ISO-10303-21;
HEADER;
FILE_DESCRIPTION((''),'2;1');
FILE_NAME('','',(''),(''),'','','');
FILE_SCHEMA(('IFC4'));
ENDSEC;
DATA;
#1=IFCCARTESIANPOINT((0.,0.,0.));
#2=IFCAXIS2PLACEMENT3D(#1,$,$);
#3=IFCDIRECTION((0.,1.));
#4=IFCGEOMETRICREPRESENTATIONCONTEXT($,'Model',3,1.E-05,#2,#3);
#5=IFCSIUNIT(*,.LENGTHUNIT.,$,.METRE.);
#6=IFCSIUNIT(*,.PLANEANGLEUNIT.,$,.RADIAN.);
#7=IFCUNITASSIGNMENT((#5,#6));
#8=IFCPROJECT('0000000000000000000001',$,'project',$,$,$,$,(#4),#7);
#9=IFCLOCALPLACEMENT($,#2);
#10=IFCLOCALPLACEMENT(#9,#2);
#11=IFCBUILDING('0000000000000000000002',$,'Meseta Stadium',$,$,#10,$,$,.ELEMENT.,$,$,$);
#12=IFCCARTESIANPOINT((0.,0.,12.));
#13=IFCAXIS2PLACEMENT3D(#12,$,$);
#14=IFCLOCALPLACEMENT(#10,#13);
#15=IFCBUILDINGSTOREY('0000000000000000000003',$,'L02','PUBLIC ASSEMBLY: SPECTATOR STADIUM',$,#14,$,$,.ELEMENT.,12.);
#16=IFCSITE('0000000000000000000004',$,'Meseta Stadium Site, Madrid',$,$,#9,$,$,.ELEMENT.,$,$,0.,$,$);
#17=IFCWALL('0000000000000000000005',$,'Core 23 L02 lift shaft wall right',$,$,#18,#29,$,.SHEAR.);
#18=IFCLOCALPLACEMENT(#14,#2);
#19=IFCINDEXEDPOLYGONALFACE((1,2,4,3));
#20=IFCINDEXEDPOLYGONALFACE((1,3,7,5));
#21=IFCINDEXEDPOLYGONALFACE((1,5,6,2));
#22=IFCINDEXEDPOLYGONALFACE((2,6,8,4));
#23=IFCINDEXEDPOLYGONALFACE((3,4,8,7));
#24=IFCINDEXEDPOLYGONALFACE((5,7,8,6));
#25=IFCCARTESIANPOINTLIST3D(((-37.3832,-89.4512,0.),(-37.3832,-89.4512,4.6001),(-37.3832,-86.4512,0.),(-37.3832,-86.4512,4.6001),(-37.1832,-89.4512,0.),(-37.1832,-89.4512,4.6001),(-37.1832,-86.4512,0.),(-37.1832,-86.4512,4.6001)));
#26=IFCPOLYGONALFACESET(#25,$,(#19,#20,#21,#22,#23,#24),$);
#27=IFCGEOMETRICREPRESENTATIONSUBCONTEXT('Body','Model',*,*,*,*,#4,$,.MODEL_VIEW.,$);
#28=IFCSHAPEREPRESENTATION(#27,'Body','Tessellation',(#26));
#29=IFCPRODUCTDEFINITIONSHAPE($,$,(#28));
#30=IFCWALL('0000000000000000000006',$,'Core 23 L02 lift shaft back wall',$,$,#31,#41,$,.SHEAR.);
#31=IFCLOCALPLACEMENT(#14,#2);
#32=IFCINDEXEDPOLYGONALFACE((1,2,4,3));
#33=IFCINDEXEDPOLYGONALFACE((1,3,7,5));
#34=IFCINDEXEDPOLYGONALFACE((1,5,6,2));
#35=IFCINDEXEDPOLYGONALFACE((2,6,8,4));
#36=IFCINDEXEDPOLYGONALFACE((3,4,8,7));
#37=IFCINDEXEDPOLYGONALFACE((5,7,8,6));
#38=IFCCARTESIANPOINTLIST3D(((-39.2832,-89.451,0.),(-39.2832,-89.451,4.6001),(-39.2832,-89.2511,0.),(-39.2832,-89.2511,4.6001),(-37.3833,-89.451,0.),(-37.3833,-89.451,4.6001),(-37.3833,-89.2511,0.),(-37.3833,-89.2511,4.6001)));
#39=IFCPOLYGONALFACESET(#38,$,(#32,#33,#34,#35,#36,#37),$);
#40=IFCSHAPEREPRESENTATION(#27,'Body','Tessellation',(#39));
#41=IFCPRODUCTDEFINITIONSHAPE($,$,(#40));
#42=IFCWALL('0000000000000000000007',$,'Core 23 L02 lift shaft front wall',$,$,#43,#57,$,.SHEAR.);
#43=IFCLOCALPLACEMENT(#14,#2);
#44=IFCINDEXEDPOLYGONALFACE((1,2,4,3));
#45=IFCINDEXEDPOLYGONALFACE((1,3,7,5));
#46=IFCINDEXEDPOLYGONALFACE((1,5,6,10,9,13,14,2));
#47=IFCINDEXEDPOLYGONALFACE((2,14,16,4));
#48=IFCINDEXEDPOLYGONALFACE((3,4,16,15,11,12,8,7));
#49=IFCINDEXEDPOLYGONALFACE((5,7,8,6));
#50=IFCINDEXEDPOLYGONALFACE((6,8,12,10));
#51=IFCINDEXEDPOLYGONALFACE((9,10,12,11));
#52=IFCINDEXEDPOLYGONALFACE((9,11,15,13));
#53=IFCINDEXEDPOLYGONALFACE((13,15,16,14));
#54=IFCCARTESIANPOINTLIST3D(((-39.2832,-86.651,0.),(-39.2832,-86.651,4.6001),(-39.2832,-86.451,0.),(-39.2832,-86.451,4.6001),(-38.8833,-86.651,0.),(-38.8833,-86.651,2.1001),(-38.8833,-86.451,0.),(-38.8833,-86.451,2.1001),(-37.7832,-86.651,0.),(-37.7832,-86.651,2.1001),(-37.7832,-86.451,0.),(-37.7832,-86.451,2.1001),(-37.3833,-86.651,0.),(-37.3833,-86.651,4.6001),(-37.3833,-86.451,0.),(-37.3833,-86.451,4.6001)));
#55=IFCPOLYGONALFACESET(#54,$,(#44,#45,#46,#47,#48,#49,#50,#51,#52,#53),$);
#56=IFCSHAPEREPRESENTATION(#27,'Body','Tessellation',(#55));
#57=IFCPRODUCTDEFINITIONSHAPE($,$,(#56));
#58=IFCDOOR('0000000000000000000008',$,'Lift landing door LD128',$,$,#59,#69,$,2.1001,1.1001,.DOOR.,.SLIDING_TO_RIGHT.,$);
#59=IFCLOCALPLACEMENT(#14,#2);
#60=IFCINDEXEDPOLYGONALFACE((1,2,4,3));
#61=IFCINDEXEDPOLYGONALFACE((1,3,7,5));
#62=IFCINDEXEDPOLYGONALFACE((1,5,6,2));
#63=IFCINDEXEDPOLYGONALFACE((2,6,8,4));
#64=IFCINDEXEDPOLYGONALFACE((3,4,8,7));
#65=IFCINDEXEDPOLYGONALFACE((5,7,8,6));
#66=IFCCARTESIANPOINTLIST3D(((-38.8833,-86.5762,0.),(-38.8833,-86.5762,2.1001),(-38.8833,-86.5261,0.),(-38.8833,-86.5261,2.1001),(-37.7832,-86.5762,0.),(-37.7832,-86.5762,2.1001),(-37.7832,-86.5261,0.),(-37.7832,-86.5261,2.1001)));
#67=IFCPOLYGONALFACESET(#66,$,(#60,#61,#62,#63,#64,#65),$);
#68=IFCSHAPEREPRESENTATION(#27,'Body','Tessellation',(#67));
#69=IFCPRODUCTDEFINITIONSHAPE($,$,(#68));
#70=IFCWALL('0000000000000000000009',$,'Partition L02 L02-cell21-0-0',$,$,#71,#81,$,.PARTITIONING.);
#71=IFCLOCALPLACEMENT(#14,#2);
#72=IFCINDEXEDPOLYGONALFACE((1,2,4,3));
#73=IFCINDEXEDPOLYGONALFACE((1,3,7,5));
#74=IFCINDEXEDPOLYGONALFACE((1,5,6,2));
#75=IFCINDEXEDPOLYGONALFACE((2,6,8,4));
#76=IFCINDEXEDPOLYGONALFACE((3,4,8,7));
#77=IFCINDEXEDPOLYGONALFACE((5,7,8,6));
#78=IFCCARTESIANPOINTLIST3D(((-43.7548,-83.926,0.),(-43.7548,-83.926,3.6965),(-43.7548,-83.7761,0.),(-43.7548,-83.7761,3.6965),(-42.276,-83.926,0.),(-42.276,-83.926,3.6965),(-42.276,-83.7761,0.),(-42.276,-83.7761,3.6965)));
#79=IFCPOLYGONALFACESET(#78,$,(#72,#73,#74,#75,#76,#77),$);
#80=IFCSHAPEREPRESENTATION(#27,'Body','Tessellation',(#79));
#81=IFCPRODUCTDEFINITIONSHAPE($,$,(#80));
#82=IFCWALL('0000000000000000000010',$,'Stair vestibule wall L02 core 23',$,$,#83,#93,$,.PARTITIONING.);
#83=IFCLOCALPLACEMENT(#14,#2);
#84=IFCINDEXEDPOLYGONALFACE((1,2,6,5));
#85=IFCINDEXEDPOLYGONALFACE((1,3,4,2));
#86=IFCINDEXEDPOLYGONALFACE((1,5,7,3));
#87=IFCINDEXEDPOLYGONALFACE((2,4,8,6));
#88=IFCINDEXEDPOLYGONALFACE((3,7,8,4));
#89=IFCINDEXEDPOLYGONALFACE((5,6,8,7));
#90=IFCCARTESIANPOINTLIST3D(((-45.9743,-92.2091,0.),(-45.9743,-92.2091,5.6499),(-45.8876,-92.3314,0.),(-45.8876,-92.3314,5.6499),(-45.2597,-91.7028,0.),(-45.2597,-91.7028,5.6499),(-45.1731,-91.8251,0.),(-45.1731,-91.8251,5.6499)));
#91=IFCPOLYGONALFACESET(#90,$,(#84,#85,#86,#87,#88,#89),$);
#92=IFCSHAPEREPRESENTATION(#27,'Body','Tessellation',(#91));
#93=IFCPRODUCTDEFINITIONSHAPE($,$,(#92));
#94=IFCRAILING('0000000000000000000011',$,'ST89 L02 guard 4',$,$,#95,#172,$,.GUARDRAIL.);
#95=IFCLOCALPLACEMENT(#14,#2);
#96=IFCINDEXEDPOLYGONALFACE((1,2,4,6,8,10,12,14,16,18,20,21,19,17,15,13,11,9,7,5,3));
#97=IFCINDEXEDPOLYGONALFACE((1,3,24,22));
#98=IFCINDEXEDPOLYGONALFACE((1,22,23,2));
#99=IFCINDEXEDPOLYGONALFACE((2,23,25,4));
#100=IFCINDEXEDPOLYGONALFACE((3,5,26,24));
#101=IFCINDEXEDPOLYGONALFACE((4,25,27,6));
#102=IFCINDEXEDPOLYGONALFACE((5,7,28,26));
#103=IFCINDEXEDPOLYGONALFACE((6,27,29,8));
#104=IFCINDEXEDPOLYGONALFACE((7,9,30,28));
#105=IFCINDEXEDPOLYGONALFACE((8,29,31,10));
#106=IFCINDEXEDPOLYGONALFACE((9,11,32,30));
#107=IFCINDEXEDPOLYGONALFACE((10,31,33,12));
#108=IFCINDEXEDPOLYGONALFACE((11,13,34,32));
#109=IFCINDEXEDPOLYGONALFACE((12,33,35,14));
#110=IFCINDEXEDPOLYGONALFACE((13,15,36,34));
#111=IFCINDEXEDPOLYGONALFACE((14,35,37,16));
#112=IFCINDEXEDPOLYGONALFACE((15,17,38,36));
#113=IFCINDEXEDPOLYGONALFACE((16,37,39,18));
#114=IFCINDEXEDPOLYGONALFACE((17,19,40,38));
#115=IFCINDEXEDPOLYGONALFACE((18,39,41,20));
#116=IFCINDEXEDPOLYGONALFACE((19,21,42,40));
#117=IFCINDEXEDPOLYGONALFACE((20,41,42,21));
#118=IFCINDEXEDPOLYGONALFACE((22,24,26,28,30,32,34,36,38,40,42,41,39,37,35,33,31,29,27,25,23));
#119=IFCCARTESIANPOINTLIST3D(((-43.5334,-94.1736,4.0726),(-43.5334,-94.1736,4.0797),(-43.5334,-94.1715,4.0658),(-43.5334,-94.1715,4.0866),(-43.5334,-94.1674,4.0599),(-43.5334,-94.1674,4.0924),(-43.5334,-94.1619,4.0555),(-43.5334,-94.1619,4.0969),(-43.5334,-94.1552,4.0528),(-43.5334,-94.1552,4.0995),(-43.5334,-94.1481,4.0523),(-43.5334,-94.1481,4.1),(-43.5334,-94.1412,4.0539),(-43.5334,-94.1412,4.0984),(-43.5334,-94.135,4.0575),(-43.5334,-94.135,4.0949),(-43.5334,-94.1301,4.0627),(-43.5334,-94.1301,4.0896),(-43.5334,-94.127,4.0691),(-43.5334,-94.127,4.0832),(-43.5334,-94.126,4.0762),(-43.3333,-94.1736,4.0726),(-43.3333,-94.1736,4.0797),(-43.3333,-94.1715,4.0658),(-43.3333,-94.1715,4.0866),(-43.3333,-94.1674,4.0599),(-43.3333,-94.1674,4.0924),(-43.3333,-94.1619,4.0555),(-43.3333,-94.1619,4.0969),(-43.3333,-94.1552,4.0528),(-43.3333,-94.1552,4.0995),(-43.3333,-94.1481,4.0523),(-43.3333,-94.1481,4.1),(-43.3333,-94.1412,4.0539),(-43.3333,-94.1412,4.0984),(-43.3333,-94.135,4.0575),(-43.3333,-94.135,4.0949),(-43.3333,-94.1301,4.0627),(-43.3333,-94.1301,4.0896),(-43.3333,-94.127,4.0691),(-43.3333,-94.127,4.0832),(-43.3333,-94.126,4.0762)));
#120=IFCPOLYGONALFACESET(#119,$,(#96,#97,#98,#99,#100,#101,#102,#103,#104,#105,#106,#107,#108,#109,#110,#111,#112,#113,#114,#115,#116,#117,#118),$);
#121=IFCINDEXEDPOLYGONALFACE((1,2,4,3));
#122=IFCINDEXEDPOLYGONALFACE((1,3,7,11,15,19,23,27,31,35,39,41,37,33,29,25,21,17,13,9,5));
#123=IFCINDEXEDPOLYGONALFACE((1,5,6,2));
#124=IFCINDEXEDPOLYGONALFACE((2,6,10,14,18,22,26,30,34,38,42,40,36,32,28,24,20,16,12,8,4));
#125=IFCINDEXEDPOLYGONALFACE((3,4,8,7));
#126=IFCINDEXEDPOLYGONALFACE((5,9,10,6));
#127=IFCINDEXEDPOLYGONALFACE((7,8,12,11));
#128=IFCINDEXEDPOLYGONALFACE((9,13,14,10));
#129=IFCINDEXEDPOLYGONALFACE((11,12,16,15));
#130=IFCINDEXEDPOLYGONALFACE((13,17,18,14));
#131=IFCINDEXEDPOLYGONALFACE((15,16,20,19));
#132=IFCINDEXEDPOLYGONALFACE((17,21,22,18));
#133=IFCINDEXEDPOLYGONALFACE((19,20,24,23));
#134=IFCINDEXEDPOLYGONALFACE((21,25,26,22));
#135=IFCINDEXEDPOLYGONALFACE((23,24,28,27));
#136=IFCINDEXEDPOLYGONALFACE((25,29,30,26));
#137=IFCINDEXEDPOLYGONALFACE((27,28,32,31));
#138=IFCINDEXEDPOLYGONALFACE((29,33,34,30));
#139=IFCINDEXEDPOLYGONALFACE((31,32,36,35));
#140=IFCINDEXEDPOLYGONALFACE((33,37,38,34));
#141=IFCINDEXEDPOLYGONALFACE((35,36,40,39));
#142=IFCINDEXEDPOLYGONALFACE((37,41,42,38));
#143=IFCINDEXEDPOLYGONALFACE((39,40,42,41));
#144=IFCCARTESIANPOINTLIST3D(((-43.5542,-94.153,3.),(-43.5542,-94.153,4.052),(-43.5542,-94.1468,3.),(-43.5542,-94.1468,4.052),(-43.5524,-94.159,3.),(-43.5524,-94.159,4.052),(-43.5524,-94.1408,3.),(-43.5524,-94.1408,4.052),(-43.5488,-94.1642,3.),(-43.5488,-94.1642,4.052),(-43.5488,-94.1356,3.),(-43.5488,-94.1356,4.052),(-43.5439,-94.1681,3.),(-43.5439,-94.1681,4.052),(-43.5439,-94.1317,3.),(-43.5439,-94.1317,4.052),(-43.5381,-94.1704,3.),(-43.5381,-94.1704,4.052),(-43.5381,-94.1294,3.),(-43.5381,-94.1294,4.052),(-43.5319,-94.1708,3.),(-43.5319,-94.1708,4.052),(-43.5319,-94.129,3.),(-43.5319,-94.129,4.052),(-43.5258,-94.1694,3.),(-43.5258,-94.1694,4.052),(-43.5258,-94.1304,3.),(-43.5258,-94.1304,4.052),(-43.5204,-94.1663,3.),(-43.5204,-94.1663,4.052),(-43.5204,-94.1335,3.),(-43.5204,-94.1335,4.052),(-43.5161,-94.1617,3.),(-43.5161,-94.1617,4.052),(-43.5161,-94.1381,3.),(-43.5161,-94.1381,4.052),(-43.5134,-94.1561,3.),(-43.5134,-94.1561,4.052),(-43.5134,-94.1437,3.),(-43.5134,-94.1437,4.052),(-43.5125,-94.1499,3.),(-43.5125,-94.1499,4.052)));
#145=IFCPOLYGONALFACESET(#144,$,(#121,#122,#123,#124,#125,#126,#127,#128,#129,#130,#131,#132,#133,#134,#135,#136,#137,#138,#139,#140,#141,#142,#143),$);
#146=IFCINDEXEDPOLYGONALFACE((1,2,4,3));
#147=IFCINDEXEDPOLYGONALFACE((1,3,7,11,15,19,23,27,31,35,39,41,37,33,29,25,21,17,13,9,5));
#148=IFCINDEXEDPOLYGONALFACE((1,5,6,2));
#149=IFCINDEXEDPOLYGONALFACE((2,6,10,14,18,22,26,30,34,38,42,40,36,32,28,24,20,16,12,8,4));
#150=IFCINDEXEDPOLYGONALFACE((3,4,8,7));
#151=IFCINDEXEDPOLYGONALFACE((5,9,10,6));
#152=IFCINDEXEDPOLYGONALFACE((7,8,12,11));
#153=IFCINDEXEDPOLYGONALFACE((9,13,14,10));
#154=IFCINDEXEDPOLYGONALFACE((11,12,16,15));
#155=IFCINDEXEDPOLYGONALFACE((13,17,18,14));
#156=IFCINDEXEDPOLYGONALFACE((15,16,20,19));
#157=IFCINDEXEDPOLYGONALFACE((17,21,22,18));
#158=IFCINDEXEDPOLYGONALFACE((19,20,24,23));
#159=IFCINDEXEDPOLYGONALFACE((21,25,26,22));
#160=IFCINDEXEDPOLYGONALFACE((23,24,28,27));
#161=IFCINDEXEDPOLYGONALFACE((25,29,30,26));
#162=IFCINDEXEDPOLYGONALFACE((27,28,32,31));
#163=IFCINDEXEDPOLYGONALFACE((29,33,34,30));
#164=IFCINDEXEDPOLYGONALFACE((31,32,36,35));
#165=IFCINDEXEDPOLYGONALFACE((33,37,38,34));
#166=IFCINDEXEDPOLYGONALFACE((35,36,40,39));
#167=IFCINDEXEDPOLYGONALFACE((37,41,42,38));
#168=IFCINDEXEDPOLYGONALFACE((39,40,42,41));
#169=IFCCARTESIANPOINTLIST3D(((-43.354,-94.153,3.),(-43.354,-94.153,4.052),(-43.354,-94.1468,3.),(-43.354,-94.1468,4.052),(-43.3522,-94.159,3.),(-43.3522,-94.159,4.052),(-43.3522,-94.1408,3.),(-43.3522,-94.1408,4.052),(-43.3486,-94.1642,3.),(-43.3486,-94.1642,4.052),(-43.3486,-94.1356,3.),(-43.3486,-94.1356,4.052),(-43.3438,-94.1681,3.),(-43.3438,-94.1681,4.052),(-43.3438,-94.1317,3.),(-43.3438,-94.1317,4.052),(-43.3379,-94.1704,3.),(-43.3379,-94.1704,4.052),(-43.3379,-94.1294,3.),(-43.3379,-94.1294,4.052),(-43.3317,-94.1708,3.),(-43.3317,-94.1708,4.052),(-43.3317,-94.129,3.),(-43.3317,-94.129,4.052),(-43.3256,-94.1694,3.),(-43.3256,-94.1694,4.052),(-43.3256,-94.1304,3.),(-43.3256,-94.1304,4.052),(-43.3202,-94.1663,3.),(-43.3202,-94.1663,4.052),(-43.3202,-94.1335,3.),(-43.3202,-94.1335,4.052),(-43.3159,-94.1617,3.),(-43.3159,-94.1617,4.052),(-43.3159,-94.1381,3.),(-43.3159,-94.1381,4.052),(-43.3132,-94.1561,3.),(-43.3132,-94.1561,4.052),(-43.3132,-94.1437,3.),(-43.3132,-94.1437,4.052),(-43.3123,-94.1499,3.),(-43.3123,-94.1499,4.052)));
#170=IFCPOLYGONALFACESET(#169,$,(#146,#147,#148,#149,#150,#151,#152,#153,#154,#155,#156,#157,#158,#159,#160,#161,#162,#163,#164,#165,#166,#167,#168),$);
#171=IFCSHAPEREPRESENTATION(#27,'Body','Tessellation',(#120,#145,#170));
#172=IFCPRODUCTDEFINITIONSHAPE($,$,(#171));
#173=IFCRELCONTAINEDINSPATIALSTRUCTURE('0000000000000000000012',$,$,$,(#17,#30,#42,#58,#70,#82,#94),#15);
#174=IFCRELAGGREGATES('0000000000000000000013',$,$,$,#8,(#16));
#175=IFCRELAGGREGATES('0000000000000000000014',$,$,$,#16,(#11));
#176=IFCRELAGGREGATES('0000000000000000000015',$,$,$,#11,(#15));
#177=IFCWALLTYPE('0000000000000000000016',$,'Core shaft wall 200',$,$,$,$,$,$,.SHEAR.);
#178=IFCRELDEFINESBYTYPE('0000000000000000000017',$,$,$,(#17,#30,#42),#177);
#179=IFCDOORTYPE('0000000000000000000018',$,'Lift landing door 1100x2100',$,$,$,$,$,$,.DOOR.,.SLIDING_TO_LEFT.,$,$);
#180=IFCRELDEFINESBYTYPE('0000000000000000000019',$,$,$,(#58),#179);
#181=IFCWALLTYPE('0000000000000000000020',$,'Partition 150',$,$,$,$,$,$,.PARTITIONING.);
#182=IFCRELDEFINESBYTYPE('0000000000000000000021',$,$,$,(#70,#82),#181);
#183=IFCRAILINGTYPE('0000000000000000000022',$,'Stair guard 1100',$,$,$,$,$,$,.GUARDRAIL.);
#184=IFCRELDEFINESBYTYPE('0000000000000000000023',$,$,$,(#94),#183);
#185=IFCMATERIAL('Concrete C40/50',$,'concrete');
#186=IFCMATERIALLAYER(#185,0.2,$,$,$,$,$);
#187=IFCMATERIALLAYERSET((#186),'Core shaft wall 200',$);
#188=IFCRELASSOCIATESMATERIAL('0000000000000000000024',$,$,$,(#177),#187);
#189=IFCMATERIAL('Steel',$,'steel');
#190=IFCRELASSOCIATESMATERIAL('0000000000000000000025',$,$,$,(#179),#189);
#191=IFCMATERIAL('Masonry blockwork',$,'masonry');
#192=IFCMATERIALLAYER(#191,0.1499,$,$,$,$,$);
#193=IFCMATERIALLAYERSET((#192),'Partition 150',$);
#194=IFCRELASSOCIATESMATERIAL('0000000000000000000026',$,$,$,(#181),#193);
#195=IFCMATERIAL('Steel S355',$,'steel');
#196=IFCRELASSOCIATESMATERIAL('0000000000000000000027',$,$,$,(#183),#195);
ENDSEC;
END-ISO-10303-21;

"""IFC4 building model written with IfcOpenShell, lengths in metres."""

from ifc_helpers import new_model, si_unit, direction, frame, frame_2d, origin, origin_2d, place, context, subcontext, project, spatial, rectangle, circle, extrude, material, layer, layer_set, type_object, element, fill, save


model = new_model("IFC4")

# Units and contexts
model_context = context("Model", 3, precision=1e-05, world=origin(), true_north=direction((0.0, 1.0)))
body_context = subcontext(model_context, "Body", "Model", "MODEL_VIEW")
ifc_project = project(units=[si_unit("LENGTHUNIT", "METRE"), si_unit("PLANEANGLEUNIT", "RADIAN")], contexts=[model_context])

# Site, building, storey
site_placement = place(None, origin())
site = spatial("IfcSite", under=ifc_project, at=site_placement, Name="Meseta Stadium Site, Madrid", CompositionType="ELEMENT", RefElevation=0.0)
building_placement = place(site_placement, origin())
building = spatial("IfcBuilding", under=site, at=building_placement, Name="Meseta Stadium", CompositionType="ELEMENT")
storey_placement = place(building_placement, frame((0.0, 0.0, 12.0)))
storey = spatial("IfcBuildingStorey", under=building, at=storey_placement, Name="L02", Description="PUBLIC ASSEMBLY: SPECTATOR STADIUM", CompositionType="ELEMENT", Elevation=12.0)

# Shared definitions
ifc_material_1 = material(Name="Concrete C40/50", Category="concrete")
ifc_layer_1 = layer(ifc_material_1, 0.2)
ifc_layer_set_1 = layer_set([ifc_layer_1], Name="Core shaft wall 200")
wall_type_1 = type_object("IfcWallType", Name="Core shaft wall 200", PredefinedType="SHEAR", material=ifc_layer_set_1)

# Walls
for number, where, z_axis, x_axis, name in (
    (1, (-37.2832, -89.4512, 0.0), (0.0, 0.0, 1.0), (0.0, 1.0, 0.0), "Core 23 L02 lift shaft wall right"),
):
    element("IfcWall", number, at=place(storey_placement, frame(where, z_axis=z_axis, x_axis=x_axis)), inside=storey, type_object=wall_type_1, Name=name, PredefinedType="SHEAR", context=body_context, shape_type="SweptSolid", body=[
        extrude(rectangle(XDim=3.0, YDim=0.2, at=frame_2d((1.5, 0.0))), origin(), (0.0, 0.0, 1.0), 4.6001),
    ])
wall_1_placement = place(storey_placement, frame((-39.2832, -89.3511, 0.0), z_axis=(0.0, 0.0, 1.0), x_axis=(1.0, 0.0, 0.0)))
element("IfcWall", 2, at=wall_1_placement, inside=storey, type_object=wall_type_1, Name="Core 23 L02 lift shaft back wall", PredefinedType="SHEAR", context=body_context, shape_type="SweptSolid", body=[
    extrude(rectangle(XDim=1.8999, YDim=0.2, at=frame_2d((0.95, 0.0))), origin(), (0.0, 0.0, 1.0), 4.6001),
])

# Wall, opening, door
wall_2_placement = place(storey_placement, frame((-39.2832, -86.551, 0.0), z_axis=(0.0, 0.0, 1.0), x_axis=(1.0, 0.0, 0.0)))
wall_2 = element("IfcWall", 3, at=wall_2_placement, inside=storey, type_object=wall_type_1, Name="Core 23 L02 lift shaft front wall", PredefinedType="SHEAR", context=body_context, shape_type="SweptSolid", body=[
    extrude(rectangle(XDim=1.8999, YDim=0.2, at=frame_2d((0.95, 0.0))), origin(), (0.0, 0.0, 1.0), 4.6001),
])
opening_1_placement = place(wall_2_placement, frame((0.3999, 0.0, 0.0)))
opening_1 = element("IfcOpeningElement", 4, at=opening_1_placement, cuts=wall_2, PredefinedType="OPENING", context=body_context, shape_type="SweptSolid", body=[
    extrude(rectangle(XDim=1.1001, YDim=2.1001, at=frame_2d((0.55, 1.05))), frame((0.0, 0.1099, 0.0), z_axis=(0.0, -1.0, 0.0), x_axis=(1.0, 0.0, 0.0)), (0.0, 0.0, 1.0), 0.22),
])
ifc_material_2 = material(Name="Steel", Category="steel")
door_type_1 = type_object("IfcDoorType", Name="Lift landing door 1100x2100", OperationType="SLIDING_TO_LEFT", PredefinedType="DOOR", material=ifc_material_2)
door_1_placement = place(opening_1_placement, origin())
door_1 = element("IfcDoor", 5, at=door_1_placement, inside=storey, type_object=door_type_1, Name="Lift landing door LD128", OperationType="SLIDING_TO_RIGHT", OverallHeight=2.1001, OverallWidth=1.1001, PredefinedType="DOOR", context=body_context, shape_type="SweptSolid", body=[
    extrude(rectangle(XDim=1.1001, YDim=2.1001, at=frame_2d((0.55, 1.05))), frame((0.0, 0.0249, 0.0), z_axis=(0.0, -1.0, 0.0), x_axis=(1.0, 0.0, 0.0)), (0.0, 0.0, 1.0), 0.05),
])
fill(opening_1, door_1)

# Walls
ifc_material_3 = material(Name="Masonry blockwork", Category="masonry")
ifc_layer_2 = layer(ifc_material_3, 0.1499)
ifc_layer_set_2 = layer_set([ifc_layer_2], Name="Partition 150")
wall_type_2 = type_object("IfcWallType", Name="Partition 150", PredefinedType="PARTITIONING", material=ifc_layer_set_2)
wall_3_placement = place(storey_placement, frame((-42.2761, -83.8511, 0.0), z_axis=(0.0, 0.0, 1.0), x_axis=(-1.0, 0.0, 0.0)))
element("IfcWall", 6, at=wall_3_placement, inside=storey, type_object=wall_type_2, Name="Partition L02 L02-cell21-0-0", PredefinedType="PARTITIONING", context=body_context, shape_type="SweptSolid", body=[
    extrude(rectangle(XDim=1.4788, YDim=0.1499, at=frame_2d((0.7393, 0.0))), origin(), (0.0, 0.0, 1.0), 3.6965),
])
wall_4_placement = place(storey_placement, frame((-45.2163, -91.7639, 0.0), z_axis=(0.0, 0.0, 1.0), x_axis=(-0.815931, -0.578149, 0.0)))
element("IfcWall", 7, at=wall_4_placement, inside=storey, type_object=wall_type_2, Name="Stair vestibule wall L02 core 23", PredefinedType="PARTITIONING", context=body_context, shape_type="SweptSolid", body=[
    extrude(rectangle(XDim=0.8757, YDim=0.1499, at=frame_2d((0.438, 0.0))), origin(), (0.0, 0.0, 1.0), 5.6499),
])

# Railing
ifc_material_4 = material(Name="Steel S355", Category="steel")
railing_type = type_object("IfcRailingType", Name="Stair guard 1100", PredefinedType="GUARDRAIL", material=ifc_material_4)
for number, where, name in (
    (8, (-43.5334, -94.1499, 3.0), "ST89 L02 guard 4"),
):
    element("IfcRailing", number, at=place(storey_placement, frame(where)), inside=storey, type_object=railing_type, Name=name, PredefinedType="GUARDRAIL", context=body_context, shape_type="SweptSolid", body=[
        extrude(circle(Radius=0.0239, at=origin_2d()), frame((0.0, 0.0, 1.0762), z_axis=(1.0, 0.0, 0.0), x_axis=(0.0, 1.0, 0.0)), (0.0, 0.0, 1.0), 0.2002),
        extrude(circle(Radius=0.021, at=origin_2d()), origin(), (0.0, 0.0, 1.0), 1.052),
        extrude(circle(Radius=0.021, at=origin_2d()), frame((0.2002, 0.0, 0.0)), (0.0, 0.0, 1.0), 1.052),
    ])

save(model, "model.ifc")
